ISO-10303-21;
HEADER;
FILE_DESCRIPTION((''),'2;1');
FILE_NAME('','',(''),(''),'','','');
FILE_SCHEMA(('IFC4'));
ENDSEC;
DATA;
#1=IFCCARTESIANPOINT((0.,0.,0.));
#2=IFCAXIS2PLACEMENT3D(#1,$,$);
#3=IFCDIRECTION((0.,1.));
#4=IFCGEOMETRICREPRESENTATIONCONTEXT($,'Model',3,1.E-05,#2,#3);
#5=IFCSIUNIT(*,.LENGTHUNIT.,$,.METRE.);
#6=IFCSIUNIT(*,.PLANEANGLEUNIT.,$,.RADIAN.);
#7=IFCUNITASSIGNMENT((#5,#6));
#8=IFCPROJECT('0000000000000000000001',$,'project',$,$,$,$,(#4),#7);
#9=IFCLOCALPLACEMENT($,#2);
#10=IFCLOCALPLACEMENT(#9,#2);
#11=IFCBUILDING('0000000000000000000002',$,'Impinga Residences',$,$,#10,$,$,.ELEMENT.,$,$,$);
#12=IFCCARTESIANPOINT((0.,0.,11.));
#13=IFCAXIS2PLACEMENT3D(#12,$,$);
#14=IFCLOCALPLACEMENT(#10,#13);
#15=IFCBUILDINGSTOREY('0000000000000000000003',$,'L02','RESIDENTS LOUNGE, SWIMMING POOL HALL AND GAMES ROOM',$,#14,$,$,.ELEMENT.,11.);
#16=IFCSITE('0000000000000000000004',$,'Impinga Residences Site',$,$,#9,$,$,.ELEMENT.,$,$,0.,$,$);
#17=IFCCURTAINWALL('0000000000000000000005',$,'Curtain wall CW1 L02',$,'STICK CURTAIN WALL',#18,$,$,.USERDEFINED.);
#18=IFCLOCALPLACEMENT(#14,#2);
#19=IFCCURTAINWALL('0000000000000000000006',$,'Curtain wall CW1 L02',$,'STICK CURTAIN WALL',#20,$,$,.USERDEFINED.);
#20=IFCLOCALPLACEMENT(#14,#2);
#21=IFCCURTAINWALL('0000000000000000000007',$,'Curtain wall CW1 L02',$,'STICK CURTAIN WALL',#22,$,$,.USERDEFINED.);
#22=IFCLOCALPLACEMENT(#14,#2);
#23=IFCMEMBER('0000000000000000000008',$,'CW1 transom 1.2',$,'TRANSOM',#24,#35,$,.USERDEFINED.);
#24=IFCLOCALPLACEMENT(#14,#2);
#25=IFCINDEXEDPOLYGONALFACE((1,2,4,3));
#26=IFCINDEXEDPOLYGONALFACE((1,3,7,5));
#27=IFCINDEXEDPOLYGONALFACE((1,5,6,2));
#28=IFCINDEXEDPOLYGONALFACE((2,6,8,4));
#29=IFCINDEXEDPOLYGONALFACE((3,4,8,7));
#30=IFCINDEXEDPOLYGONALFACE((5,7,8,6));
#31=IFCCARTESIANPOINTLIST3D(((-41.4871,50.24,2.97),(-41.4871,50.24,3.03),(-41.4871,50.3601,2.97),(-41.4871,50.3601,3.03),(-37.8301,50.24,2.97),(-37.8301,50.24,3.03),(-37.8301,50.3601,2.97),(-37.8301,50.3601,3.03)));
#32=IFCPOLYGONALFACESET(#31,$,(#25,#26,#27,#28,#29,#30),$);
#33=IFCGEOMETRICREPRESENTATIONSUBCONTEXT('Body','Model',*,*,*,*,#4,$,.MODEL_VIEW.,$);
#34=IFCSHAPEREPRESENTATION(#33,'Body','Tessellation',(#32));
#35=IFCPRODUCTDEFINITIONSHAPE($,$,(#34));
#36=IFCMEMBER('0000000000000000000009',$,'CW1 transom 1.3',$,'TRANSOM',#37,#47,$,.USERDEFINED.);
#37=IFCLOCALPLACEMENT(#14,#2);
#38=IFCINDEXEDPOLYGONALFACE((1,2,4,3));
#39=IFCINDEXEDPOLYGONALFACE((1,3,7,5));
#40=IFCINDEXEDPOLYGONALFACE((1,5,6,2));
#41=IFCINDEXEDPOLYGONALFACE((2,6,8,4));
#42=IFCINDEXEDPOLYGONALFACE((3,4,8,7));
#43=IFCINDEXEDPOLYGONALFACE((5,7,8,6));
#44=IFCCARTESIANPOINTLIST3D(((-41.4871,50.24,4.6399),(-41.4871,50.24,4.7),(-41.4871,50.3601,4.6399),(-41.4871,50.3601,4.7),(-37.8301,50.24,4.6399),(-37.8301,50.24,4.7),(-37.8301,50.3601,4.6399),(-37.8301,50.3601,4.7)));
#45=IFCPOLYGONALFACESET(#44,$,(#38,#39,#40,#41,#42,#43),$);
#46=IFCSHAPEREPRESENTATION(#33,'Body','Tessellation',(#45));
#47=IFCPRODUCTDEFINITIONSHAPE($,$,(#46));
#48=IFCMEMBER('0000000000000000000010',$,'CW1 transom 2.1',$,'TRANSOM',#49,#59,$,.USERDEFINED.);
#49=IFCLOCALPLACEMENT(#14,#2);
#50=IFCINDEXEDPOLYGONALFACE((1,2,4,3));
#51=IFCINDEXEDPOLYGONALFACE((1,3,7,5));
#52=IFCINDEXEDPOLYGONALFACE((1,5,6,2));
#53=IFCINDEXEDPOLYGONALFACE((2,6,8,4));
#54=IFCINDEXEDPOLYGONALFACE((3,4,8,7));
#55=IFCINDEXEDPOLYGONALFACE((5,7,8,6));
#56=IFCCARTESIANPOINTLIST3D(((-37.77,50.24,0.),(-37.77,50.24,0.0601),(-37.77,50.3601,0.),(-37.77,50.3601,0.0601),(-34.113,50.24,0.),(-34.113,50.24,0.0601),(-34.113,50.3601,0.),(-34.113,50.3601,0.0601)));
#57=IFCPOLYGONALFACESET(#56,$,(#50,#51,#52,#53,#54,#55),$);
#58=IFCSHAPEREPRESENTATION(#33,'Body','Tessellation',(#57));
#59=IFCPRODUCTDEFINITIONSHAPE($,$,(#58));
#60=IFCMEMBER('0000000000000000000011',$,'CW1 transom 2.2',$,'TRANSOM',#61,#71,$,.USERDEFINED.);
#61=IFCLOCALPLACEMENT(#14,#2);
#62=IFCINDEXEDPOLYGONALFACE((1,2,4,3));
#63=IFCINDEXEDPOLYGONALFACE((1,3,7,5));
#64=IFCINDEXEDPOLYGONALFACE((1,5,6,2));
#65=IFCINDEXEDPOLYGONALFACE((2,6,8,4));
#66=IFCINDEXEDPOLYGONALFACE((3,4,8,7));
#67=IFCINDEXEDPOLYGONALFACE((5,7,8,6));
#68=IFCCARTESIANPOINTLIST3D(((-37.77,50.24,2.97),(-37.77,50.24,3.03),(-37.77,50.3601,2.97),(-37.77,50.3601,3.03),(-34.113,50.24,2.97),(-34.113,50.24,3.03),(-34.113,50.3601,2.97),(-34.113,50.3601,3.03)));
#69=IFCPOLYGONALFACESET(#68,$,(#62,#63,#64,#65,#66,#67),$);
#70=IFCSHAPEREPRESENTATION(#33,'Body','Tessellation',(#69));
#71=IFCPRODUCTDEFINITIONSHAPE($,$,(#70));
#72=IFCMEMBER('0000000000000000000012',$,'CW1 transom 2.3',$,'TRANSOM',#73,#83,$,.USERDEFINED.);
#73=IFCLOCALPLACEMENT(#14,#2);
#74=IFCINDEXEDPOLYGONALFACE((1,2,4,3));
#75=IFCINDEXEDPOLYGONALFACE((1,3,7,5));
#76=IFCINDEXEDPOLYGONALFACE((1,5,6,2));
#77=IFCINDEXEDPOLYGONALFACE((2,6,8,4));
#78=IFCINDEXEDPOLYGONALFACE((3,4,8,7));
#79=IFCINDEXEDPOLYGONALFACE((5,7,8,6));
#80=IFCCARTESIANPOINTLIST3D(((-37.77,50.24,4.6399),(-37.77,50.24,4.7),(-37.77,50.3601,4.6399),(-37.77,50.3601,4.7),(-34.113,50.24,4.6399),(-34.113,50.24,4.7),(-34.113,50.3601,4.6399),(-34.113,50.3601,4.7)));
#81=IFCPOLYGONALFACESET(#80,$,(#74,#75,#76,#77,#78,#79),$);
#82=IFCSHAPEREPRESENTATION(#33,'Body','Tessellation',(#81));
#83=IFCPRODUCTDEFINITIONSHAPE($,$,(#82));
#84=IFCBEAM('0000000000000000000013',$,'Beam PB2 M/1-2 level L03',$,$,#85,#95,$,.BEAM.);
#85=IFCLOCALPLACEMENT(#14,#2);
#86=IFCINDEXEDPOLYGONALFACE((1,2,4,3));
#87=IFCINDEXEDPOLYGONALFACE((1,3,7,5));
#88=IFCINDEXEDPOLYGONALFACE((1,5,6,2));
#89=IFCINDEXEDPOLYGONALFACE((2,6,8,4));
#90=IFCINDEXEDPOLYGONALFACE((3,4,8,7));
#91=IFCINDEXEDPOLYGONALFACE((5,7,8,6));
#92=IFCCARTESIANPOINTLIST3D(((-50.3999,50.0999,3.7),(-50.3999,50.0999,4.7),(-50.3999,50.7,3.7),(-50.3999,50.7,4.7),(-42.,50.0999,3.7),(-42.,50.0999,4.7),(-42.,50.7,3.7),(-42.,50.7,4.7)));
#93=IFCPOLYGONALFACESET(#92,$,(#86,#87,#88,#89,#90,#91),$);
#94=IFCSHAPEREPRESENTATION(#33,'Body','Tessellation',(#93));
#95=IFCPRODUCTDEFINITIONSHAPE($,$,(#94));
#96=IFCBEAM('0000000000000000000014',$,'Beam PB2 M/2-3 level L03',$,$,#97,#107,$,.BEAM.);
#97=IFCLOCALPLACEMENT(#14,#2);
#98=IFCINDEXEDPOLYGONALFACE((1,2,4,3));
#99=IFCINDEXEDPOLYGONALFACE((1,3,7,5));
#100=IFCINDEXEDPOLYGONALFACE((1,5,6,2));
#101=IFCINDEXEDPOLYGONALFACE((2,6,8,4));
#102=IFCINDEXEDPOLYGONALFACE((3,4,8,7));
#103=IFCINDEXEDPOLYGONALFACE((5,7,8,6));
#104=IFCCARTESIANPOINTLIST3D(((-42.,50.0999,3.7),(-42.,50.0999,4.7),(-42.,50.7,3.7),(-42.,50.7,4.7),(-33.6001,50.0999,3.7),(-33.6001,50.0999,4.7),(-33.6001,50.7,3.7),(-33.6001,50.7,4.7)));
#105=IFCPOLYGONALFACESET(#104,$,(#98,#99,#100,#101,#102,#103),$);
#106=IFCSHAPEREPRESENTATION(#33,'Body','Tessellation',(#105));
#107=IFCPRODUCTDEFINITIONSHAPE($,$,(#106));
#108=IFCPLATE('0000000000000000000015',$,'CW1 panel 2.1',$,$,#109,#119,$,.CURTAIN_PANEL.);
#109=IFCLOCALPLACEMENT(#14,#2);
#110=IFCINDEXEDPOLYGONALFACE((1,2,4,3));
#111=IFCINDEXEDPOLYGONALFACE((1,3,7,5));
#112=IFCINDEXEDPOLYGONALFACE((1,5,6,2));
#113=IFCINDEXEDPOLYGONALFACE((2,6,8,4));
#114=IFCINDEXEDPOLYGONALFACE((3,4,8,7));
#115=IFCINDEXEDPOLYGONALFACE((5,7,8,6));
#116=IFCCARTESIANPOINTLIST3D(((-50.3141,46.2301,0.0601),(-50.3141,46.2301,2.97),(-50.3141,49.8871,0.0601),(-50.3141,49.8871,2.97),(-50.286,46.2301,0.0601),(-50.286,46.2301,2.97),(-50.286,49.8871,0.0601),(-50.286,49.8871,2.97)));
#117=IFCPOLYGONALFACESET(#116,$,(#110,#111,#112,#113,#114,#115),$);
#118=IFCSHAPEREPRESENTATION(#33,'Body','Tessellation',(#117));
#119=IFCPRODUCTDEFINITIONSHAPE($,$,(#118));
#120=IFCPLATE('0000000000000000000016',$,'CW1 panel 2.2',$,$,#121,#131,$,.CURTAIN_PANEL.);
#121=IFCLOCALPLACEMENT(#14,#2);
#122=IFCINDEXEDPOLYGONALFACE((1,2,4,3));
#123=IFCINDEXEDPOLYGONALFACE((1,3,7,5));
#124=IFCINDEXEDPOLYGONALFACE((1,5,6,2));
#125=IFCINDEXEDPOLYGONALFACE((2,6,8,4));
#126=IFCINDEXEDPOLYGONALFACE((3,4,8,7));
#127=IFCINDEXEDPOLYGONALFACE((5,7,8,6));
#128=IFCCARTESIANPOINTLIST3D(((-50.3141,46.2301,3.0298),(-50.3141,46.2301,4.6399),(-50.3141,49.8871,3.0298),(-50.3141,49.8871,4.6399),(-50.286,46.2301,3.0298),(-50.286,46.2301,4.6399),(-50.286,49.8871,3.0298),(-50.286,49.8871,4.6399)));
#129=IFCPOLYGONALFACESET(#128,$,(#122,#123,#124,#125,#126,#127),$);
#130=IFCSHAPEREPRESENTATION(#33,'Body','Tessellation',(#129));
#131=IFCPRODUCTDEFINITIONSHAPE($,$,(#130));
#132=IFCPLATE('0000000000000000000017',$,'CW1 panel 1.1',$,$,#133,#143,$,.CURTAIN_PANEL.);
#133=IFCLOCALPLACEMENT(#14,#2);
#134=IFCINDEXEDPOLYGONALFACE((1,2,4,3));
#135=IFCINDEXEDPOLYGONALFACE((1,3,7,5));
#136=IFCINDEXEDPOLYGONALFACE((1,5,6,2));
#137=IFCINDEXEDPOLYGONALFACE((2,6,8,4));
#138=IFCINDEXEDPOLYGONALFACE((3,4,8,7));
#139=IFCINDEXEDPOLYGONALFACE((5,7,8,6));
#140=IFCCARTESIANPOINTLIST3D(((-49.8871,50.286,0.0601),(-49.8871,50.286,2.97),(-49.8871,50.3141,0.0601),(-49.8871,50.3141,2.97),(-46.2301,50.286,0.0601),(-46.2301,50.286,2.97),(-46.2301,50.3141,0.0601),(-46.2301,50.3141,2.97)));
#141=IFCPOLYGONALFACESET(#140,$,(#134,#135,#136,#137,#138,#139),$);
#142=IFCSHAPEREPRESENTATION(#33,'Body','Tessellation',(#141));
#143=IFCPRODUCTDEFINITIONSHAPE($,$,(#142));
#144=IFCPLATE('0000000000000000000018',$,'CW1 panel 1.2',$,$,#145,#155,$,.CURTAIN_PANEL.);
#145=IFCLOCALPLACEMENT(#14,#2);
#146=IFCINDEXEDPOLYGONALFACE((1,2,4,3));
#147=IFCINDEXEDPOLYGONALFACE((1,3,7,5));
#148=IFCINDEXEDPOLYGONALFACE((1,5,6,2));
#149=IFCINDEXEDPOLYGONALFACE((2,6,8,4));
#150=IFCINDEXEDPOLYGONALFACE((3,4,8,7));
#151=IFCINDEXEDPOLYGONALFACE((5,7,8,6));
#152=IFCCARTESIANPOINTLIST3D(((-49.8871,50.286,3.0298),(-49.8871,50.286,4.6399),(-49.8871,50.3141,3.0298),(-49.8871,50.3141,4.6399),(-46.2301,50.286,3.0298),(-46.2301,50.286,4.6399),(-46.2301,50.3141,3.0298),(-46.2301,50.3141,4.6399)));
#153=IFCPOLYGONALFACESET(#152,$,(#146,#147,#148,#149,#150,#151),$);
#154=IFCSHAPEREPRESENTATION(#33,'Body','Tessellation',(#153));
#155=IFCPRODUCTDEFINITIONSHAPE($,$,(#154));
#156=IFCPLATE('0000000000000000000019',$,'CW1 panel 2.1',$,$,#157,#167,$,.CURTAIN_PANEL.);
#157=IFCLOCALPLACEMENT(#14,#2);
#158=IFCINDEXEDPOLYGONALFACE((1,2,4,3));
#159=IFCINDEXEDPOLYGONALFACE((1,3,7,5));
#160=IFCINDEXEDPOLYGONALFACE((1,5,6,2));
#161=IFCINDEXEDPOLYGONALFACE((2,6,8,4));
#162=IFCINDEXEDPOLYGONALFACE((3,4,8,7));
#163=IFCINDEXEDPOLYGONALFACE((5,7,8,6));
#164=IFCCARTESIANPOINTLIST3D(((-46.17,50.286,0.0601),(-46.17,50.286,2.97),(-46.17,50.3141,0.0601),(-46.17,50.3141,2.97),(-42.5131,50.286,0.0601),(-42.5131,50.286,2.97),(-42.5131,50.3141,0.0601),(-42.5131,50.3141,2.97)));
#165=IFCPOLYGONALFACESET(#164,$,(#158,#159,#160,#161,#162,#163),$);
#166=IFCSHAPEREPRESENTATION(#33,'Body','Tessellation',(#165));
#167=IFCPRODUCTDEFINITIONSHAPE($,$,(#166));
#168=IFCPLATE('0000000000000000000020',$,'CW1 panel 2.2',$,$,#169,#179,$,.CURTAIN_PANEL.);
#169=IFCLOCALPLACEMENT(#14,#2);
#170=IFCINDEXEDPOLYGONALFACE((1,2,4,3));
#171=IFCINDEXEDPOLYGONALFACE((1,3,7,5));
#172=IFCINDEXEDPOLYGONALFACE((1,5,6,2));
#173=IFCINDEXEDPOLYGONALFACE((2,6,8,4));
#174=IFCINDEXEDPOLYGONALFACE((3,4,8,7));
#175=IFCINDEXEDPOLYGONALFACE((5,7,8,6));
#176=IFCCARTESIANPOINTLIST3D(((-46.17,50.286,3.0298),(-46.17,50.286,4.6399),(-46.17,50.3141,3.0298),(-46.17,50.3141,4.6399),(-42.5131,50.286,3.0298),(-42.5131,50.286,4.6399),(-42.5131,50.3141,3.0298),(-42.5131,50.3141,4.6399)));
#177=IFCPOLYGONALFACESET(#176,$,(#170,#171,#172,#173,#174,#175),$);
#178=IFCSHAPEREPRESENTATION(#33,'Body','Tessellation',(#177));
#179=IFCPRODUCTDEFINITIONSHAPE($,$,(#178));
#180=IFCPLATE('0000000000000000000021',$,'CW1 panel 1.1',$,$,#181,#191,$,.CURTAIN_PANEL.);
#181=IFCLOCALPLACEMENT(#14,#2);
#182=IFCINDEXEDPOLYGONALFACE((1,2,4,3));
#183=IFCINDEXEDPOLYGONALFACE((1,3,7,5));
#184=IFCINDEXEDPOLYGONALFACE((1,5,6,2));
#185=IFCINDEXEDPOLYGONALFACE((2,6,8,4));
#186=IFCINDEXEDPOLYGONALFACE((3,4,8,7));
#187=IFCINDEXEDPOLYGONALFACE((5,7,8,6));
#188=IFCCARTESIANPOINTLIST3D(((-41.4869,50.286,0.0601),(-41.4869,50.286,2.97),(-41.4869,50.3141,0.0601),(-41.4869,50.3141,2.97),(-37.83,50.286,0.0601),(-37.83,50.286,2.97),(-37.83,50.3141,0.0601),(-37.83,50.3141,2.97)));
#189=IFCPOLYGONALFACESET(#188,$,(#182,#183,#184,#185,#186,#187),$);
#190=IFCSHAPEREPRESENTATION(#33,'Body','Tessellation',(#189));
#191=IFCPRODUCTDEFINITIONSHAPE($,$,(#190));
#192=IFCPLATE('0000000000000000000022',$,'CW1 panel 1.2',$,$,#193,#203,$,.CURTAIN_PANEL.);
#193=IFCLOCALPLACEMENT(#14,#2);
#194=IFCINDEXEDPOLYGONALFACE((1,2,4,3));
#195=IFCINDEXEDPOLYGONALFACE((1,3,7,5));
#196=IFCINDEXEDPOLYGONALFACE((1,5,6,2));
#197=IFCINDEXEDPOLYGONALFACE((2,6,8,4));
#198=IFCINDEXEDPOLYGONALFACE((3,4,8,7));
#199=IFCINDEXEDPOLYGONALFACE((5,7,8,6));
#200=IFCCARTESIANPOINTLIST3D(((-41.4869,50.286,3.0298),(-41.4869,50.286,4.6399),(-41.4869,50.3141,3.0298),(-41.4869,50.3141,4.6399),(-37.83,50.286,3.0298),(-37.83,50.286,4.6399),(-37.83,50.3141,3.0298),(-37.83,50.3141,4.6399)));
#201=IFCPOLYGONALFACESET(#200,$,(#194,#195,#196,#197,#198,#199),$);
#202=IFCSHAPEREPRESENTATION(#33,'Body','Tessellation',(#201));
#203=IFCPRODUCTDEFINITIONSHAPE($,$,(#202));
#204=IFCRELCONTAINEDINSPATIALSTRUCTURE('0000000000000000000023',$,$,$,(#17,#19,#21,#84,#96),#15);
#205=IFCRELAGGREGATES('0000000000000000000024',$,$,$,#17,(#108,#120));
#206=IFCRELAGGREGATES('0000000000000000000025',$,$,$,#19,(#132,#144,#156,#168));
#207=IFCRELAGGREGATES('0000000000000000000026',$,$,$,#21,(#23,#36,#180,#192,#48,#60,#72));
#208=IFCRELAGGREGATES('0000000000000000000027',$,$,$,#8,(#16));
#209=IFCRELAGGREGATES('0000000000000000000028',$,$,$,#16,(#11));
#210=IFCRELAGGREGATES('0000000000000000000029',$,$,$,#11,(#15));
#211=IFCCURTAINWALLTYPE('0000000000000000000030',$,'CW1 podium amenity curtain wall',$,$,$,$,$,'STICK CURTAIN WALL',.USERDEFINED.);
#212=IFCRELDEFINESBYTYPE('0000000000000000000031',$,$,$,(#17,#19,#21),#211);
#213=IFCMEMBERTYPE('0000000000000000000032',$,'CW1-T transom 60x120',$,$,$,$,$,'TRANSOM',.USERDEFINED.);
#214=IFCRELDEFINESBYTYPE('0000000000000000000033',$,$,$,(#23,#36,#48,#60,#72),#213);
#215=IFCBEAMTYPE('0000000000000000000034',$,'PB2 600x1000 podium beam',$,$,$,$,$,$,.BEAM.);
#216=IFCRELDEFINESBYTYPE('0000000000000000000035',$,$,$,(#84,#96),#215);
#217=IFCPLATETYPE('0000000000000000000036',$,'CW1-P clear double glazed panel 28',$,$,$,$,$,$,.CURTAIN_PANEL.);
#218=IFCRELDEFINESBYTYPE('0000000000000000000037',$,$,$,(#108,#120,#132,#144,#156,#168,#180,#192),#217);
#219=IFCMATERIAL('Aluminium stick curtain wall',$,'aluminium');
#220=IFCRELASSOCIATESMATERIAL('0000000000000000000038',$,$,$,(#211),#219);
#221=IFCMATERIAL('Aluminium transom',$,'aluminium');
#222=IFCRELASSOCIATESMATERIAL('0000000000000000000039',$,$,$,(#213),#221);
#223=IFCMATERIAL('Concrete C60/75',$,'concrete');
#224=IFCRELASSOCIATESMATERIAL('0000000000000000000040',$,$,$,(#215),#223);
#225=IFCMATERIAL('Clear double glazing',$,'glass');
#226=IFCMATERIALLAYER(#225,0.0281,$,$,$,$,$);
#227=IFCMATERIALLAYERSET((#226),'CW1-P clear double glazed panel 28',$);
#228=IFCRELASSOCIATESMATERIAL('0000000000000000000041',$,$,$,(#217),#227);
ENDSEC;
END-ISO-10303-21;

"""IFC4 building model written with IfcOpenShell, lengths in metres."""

from ifc_helpers import new_model, si_unit, direction, frame, origin, origin_2d, place, context, subcontext, project, spatial, rectangle, extrude, material, layer, layer_set, material_profile, profile_set, type_object, element, aggregate, save


model = new_model("IFC4")

# Units and contexts
model_context = context("Model", 3, precision=1e-05, world=origin(), true_north=direction((0.0, 1.0)))
body_context = subcontext(model_context, "Body", "Model", "MODEL_VIEW")
ifc_project = project(units=[si_unit("LENGTHUNIT", "METRE"), si_unit("PLANEANGLEUNIT", "RADIAN")], contexts=[model_context])

# Site, building, storey
site_placement = place(None, origin())
site = spatial("IfcSite", under=ifc_project, at=site_placement, Name="Impinga Residences Site", CompositionType="ELEMENT", RefElevation=0.0)
building_placement = place(site_placement, origin())
building = spatial("IfcBuilding", under=site, at=building_placement, Name="Impinga Residences", CompositionType="ELEMENT")
storey_placement = place(building_placement, frame((0.0, 0.0, 11.0)))
storey = spatial("IfcBuildingStorey", under=building, at=storey_placement, Name="L02", Description="RESIDENTS LOUNGE, SWIMMING POOL HALL AND GAMES ROOM", CompositionType="ELEMENT", Elevation=11.0)

# Curtain wall
ifc_material_1 = material(Name="Aluminium stick curtain wall", Category="aluminium")
curtain_wall_type = type_object("IfcCurtainWallType", Name="CW1 podium amenity curtain wall", ElementType="STICK CURTAIN WALL", PredefinedType="USERDEFINED", material=ifc_material_1)
curtain_wall_1_placement = place(storey_placement, origin())
curtain_wall_1 = element("IfcCurtainWall", 1, at=curtain_wall_1_placement, inside=storey, type_object=curtain_wall_type, Name="Curtain wall CW1 L02", ObjectType="STICK CURTAIN WALL", PredefinedType="USERDEFINED")

# Curtain walls
curtain_wall_2_placement = place(storey_placement, origin())
curtain_wall_2 = element("IfcCurtainWall", 2, at=curtain_wall_2_placement, inside=storey, type_object=curtain_wall_type, Name="Curtain wall CW1 L02", ObjectType="STICK CURTAIN WALL", PredefinedType="USERDEFINED")
curtain_wall_3_placement = place(storey_placement, origin())
curtain_wall_3 = element("IfcCurtainWall", 3, at=curtain_wall_3_placement, inside=storey, type_object=curtain_wall_type, Name="Curtain wall CW1 L02", ObjectType="STICK CURTAIN WALL", PredefinedType="USERDEFINED")

# Members
ifc_material_2 = material(Name="Aluminium transom", Category="aluminium")
ifc_material_profile_1 = material_profile(ifc_material_2, rectangle(XDim=0.0601, YDim=0.1201, at=origin_2d()), Name="60x120 transom")
ifc_profile_set_1 = profile_set([ifc_material_profile_1], Name="Aluminium transom")
member_type_1 = type_object("IfcMemberType", Name="CW1-T transom 60x120", ElementType="TRANSOM", PredefinedType="USERDEFINED", material=ifc_profile_set_1)
member_1_placement = place(storey_placement, frame((-41.4871, 50.3, 3.0), z_axis=(1.0, 0.0, 0.0), x_axis=(0.0, 0.0, 1.0)))
member_1 = element("IfcMember", 4, at=member_1_placement, type_object=member_type_1, Name="CW1 transom 1.2", ObjectType="TRANSOM", PredefinedType="USERDEFINED", context=body_context, shape_type="SweptSolid", body=[
    extrude(rectangle(XDim=0.0601, YDim=0.1201, at=origin_2d()), origin(), (0.0, 0.0, 1.0), 3.657),
])
member_2_placement = place(storey_placement, frame((-41.4871, 50.3, 4.6699), z_axis=(1.0, 0.0, 0.0), x_axis=(0.0, 0.0, 1.0)))
member_2 = element("IfcMember", 5, at=member_2_placement, type_object=member_type_1, Name="CW1 transom 1.3", ObjectType="TRANSOM", PredefinedType="USERDEFINED", context=body_context, shape_type="SweptSolid", body=[
    extrude(rectangle(XDim=0.0601, YDim=0.1201, at=origin_2d()), origin(), (0.0, 0.0, 1.0), 3.657),
])
member_3_placement = place(storey_placement, frame((-37.77, 50.3, 0.03), z_axis=(1.0, 0.0, 0.0), x_axis=(0.0, 0.0, 1.0)))
member_3 = element("IfcMember", 6, at=member_3_placement, type_object=member_type_1, Name="CW1 transom 2.1", ObjectType="TRANSOM", PredefinedType="USERDEFINED", context=body_context, shape_type="SweptSolid", body=[
    extrude(rectangle(XDim=0.0601, YDim=0.1201, at=origin_2d()), origin(), (0.0, 0.0, 1.0), 3.657),
])
member_4_placement = place(storey_placement, frame((-37.77, 50.3, 3.0), z_axis=(1.0, 0.0, 0.0), x_axis=(0.0, 0.0, 1.0)))
member_4 = element("IfcMember", 7, at=member_4_placement, type_object=member_type_1, Name="CW1 transom 2.2", ObjectType="TRANSOM", PredefinedType="USERDEFINED", context=body_context, shape_type="SweptSolid", body=[
    extrude(rectangle(XDim=0.0601, YDim=0.1201, at=origin_2d()), origin(), (0.0, 0.0, 1.0), 3.657),
])
member_5_placement = place(storey_placement, frame((-37.77, 50.3, 4.6699), z_axis=(1.0, 0.0, 0.0), x_axis=(0.0, 0.0, 1.0)))
member_5 = element("IfcMember", 8, at=member_5_placement, type_object=member_type_1, Name="CW1 transom 2.3", ObjectType="TRANSOM", PredefinedType="USERDEFINED", context=body_context, shape_type="SweptSolid", body=[
    extrude(rectangle(XDim=0.0601, YDim=0.1201, at=origin_2d()), origin(), (0.0, 0.0, 1.0), 3.657),
])

# Beams
ifc_material_3 = material(Name="Concrete C60/75", Category="concrete")
ifc_material_profile_2 = material_profile(ifc_material_3, rectangle(XDim=0.6001, YDim=1.0, at=origin_2d()), Name="RC 600x1000")
ifc_profile_set_2 = profile_set([ifc_material_profile_2], Name="Concrete C60/75")
beam_type = type_object("IfcBeamType", Name="PB2 600x1000 podium beam", PredefinedType="BEAM", material=ifc_profile_set_2)
for number, where, z_axis, x_axis, name in (
    (9, (-50.3999, 50.3999, 4.2), (1.0, 0.0, 0.0), (0.0, 1.0, 0.0), "Beam PB2 M/1-2 level L03"),
    (10, (-42.0, 50.3999, 4.2), (1.0, 0.0, 0.0), (0.0, 1.0, 0.0), "Beam PB2 M/2-3 level L03"),
):
    element("IfcBeam", number, at=place(storey_placement, frame(where, z_axis=z_axis, x_axis=x_axis)), inside=storey, type_object=beam_type, Name=name, PredefinedType="BEAM", context=body_context, shape_type="SweptSolid", body=[
        extrude(rectangle(XDim=0.6001, YDim=1.0, at=origin_2d()), origin(), (0.0, 0.0, 1.0), 8.3999),
    ])

# Plates
ifc_material_4 = material(Name="Clear double glazing", Category="glass")
ifc_layer = layer(ifc_material_4, 0.0281)
ifc_layer_set = layer_set([ifc_layer], Name="CW1-P clear double glazed panel 28")
plate_type = type_object("IfcPlateType", Name="CW1-P clear double glazed panel 28", PredefinedType="CURTAIN_PANEL", material=ifc_layer_set)
plate_1_placement = place(storey_placement, frame((-50.3, 48.0586, 0.0601), z_axis=(0.0, 0.0, 1.0), x_axis=(0.0, 1.0, 0.0)))
plate_1 = element("IfcPlate", 11, at=plate_1_placement, type_object=plate_type, Name="CW1 panel 2.1", PredefinedType="CURTAIN_PANEL", context=body_context, shape_type="SweptSolid", body=[
    extrude(rectangle(XDim=3.657, YDim=0.0281, at=origin_2d()), origin(), (0.0, 0.0, 1.0), 2.9099),
])
plate_2_placement = place(storey_placement, frame((-50.3, 48.0586, 3.0298), z_axis=(0.0, 0.0, 1.0), x_axis=(0.0, 1.0, 0.0)))
plate_2 = element("IfcPlate", 12, at=plate_2_placement, type_object=plate_type, Name="CW1 panel 2.2", PredefinedType="CURTAIN_PANEL", context=body_context, shape_type="SweptSolid", body=[
    extrude(rectangle(XDim=3.657, YDim=0.0281, at=origin_2d()), origin(), (0.0, 0.0, 1.0), 1.6101),
])
aggregate(curtain_wall_1, [plate_1, plate_2])
plate_3_placement = place(storey_placement, frame((-48.0586, 50.3, 0.0601), z_axis=(0.0, 0.0, 1.0), x_axis=(1.0, 0.0, 0.0)))
plate_3 = element("IfcPlate", 13, at=plate_3_placement, type_object=plate_type, Name="CW1 panel 1.1", PredefinedType="CURTAIN_PANEL", context=body_context, shape_type="SweptSolid", body=[
    extrude(rectangle(XDim=3.657, YDim=0.0281, at=origin_2d()), origin(), (0.0, 0.0, 1.0), 2.9099),
])
plate_4_placement = place(storey_placement, frame((-48.0586, 50.3, 3.0298), z_axis=(0.0, 0.0, 1.0), x_axis=(1.0, 0.0, 0.0)))
plate_4 = element("IfcPlate", 14, at=plate_4_placement, type_object=plate_type, Name="CW1 panel 1.2", PredefinedType="CURTAIN_PANEL", context=body_context, shape_type="SweptSolid", body=[
    extrude(rectangle(XDim=3.657, YDim=0.0281, at=origin_2d()), origin(), (0.0, 0.0, 1.0), 1.6101),
])
plate_5_placement = place(storey_placement, frame((-44.3416, 50.3, 0.0601), z_axis=(0.0, 0.0, 1.0), x_axis=(1.0, 0.0, 0.0)))
plate_5 = element("IfcPlate", 15, at=plate_5_placement, type_object=plate_type, Name="CW1 panel 2.1", PredefinedType="CURTAIN_PANEL", context=body_context, shape_type="SweptSolid", body=[
    extrude(rectangle(XDim=3.657, YDim=0.0281, at=origin_2d()), origin(), (0.0, 0.0, 1.0), 2.9099),
])
plate_6_placement = place(storey_placement, frame((-44.3416, 50.3, 3.0298), z_axis=(0.0, 0.0, 1.0), x_axis=(1.0, 0.0, 0.0)))
plate_6 = element("IfcPlate", 16, at=plate_6_placement, type_object=plate_type, Name="CW1 panel 2.2", PredefinedType="CURTAIN_PANEL", context=body_context, shape_type="SweptSolid", body=[
    extrude(rectangle(XDim=3.657, YDim=0.0281, at=origin_2d()), origin(), (0.0, 0.0, 1.0), 1.6101),
])
aggregate(curtain_wall_2, [plate_3, plate_4, plate_5, plate_6])
plate_7_placement = place(storey_placement, frame((-39.6584, 50.3, 0.0601), z_axis=(0.0, 0.0, 1.0), x_axis=(1.0, 0.0, 0.0)))
plate_7 = element("IfcPlate", 17, at=plate_7_placement, type_object=plate_type, Name="CW1 panel 1.1", PredefinedType="CURTAIN_PANEL", context=body_context, shape_type="SweptSolid", body=[
    extrude(rectangle(XDim=3.657, YDim=0.0281, at=origin_2d()), origin(), (0.0, 0.0, 1.0), 2.9099),
])
plate_8_placement = place(storey_placement, frame((-39.6584, 50.3, 3.0298), z_axis=(0.0, 0.0, 1.0), x_axis=(1.0, 0.0, 0.0)))
plate_8 = element("IfcPlate", 18, at=plate_8_placement, type_object=plate_type, Name="CW1 panel 1.2", PredefinedType="CURTAIN_PANEL", context=body_context, shape_type="SweptSolid", body=[
    extrude(rectangle(XDim=3.657, YDim=0.0281, at=origin_2d()), origin(), (0.0, 0.0, 1.0), 1.6101),
])
aggregate(curtain_wall_3, [member_1, member_2, plate_7, plate_8, member_3, member_4, member_5])

save(model, "model.ifc")
